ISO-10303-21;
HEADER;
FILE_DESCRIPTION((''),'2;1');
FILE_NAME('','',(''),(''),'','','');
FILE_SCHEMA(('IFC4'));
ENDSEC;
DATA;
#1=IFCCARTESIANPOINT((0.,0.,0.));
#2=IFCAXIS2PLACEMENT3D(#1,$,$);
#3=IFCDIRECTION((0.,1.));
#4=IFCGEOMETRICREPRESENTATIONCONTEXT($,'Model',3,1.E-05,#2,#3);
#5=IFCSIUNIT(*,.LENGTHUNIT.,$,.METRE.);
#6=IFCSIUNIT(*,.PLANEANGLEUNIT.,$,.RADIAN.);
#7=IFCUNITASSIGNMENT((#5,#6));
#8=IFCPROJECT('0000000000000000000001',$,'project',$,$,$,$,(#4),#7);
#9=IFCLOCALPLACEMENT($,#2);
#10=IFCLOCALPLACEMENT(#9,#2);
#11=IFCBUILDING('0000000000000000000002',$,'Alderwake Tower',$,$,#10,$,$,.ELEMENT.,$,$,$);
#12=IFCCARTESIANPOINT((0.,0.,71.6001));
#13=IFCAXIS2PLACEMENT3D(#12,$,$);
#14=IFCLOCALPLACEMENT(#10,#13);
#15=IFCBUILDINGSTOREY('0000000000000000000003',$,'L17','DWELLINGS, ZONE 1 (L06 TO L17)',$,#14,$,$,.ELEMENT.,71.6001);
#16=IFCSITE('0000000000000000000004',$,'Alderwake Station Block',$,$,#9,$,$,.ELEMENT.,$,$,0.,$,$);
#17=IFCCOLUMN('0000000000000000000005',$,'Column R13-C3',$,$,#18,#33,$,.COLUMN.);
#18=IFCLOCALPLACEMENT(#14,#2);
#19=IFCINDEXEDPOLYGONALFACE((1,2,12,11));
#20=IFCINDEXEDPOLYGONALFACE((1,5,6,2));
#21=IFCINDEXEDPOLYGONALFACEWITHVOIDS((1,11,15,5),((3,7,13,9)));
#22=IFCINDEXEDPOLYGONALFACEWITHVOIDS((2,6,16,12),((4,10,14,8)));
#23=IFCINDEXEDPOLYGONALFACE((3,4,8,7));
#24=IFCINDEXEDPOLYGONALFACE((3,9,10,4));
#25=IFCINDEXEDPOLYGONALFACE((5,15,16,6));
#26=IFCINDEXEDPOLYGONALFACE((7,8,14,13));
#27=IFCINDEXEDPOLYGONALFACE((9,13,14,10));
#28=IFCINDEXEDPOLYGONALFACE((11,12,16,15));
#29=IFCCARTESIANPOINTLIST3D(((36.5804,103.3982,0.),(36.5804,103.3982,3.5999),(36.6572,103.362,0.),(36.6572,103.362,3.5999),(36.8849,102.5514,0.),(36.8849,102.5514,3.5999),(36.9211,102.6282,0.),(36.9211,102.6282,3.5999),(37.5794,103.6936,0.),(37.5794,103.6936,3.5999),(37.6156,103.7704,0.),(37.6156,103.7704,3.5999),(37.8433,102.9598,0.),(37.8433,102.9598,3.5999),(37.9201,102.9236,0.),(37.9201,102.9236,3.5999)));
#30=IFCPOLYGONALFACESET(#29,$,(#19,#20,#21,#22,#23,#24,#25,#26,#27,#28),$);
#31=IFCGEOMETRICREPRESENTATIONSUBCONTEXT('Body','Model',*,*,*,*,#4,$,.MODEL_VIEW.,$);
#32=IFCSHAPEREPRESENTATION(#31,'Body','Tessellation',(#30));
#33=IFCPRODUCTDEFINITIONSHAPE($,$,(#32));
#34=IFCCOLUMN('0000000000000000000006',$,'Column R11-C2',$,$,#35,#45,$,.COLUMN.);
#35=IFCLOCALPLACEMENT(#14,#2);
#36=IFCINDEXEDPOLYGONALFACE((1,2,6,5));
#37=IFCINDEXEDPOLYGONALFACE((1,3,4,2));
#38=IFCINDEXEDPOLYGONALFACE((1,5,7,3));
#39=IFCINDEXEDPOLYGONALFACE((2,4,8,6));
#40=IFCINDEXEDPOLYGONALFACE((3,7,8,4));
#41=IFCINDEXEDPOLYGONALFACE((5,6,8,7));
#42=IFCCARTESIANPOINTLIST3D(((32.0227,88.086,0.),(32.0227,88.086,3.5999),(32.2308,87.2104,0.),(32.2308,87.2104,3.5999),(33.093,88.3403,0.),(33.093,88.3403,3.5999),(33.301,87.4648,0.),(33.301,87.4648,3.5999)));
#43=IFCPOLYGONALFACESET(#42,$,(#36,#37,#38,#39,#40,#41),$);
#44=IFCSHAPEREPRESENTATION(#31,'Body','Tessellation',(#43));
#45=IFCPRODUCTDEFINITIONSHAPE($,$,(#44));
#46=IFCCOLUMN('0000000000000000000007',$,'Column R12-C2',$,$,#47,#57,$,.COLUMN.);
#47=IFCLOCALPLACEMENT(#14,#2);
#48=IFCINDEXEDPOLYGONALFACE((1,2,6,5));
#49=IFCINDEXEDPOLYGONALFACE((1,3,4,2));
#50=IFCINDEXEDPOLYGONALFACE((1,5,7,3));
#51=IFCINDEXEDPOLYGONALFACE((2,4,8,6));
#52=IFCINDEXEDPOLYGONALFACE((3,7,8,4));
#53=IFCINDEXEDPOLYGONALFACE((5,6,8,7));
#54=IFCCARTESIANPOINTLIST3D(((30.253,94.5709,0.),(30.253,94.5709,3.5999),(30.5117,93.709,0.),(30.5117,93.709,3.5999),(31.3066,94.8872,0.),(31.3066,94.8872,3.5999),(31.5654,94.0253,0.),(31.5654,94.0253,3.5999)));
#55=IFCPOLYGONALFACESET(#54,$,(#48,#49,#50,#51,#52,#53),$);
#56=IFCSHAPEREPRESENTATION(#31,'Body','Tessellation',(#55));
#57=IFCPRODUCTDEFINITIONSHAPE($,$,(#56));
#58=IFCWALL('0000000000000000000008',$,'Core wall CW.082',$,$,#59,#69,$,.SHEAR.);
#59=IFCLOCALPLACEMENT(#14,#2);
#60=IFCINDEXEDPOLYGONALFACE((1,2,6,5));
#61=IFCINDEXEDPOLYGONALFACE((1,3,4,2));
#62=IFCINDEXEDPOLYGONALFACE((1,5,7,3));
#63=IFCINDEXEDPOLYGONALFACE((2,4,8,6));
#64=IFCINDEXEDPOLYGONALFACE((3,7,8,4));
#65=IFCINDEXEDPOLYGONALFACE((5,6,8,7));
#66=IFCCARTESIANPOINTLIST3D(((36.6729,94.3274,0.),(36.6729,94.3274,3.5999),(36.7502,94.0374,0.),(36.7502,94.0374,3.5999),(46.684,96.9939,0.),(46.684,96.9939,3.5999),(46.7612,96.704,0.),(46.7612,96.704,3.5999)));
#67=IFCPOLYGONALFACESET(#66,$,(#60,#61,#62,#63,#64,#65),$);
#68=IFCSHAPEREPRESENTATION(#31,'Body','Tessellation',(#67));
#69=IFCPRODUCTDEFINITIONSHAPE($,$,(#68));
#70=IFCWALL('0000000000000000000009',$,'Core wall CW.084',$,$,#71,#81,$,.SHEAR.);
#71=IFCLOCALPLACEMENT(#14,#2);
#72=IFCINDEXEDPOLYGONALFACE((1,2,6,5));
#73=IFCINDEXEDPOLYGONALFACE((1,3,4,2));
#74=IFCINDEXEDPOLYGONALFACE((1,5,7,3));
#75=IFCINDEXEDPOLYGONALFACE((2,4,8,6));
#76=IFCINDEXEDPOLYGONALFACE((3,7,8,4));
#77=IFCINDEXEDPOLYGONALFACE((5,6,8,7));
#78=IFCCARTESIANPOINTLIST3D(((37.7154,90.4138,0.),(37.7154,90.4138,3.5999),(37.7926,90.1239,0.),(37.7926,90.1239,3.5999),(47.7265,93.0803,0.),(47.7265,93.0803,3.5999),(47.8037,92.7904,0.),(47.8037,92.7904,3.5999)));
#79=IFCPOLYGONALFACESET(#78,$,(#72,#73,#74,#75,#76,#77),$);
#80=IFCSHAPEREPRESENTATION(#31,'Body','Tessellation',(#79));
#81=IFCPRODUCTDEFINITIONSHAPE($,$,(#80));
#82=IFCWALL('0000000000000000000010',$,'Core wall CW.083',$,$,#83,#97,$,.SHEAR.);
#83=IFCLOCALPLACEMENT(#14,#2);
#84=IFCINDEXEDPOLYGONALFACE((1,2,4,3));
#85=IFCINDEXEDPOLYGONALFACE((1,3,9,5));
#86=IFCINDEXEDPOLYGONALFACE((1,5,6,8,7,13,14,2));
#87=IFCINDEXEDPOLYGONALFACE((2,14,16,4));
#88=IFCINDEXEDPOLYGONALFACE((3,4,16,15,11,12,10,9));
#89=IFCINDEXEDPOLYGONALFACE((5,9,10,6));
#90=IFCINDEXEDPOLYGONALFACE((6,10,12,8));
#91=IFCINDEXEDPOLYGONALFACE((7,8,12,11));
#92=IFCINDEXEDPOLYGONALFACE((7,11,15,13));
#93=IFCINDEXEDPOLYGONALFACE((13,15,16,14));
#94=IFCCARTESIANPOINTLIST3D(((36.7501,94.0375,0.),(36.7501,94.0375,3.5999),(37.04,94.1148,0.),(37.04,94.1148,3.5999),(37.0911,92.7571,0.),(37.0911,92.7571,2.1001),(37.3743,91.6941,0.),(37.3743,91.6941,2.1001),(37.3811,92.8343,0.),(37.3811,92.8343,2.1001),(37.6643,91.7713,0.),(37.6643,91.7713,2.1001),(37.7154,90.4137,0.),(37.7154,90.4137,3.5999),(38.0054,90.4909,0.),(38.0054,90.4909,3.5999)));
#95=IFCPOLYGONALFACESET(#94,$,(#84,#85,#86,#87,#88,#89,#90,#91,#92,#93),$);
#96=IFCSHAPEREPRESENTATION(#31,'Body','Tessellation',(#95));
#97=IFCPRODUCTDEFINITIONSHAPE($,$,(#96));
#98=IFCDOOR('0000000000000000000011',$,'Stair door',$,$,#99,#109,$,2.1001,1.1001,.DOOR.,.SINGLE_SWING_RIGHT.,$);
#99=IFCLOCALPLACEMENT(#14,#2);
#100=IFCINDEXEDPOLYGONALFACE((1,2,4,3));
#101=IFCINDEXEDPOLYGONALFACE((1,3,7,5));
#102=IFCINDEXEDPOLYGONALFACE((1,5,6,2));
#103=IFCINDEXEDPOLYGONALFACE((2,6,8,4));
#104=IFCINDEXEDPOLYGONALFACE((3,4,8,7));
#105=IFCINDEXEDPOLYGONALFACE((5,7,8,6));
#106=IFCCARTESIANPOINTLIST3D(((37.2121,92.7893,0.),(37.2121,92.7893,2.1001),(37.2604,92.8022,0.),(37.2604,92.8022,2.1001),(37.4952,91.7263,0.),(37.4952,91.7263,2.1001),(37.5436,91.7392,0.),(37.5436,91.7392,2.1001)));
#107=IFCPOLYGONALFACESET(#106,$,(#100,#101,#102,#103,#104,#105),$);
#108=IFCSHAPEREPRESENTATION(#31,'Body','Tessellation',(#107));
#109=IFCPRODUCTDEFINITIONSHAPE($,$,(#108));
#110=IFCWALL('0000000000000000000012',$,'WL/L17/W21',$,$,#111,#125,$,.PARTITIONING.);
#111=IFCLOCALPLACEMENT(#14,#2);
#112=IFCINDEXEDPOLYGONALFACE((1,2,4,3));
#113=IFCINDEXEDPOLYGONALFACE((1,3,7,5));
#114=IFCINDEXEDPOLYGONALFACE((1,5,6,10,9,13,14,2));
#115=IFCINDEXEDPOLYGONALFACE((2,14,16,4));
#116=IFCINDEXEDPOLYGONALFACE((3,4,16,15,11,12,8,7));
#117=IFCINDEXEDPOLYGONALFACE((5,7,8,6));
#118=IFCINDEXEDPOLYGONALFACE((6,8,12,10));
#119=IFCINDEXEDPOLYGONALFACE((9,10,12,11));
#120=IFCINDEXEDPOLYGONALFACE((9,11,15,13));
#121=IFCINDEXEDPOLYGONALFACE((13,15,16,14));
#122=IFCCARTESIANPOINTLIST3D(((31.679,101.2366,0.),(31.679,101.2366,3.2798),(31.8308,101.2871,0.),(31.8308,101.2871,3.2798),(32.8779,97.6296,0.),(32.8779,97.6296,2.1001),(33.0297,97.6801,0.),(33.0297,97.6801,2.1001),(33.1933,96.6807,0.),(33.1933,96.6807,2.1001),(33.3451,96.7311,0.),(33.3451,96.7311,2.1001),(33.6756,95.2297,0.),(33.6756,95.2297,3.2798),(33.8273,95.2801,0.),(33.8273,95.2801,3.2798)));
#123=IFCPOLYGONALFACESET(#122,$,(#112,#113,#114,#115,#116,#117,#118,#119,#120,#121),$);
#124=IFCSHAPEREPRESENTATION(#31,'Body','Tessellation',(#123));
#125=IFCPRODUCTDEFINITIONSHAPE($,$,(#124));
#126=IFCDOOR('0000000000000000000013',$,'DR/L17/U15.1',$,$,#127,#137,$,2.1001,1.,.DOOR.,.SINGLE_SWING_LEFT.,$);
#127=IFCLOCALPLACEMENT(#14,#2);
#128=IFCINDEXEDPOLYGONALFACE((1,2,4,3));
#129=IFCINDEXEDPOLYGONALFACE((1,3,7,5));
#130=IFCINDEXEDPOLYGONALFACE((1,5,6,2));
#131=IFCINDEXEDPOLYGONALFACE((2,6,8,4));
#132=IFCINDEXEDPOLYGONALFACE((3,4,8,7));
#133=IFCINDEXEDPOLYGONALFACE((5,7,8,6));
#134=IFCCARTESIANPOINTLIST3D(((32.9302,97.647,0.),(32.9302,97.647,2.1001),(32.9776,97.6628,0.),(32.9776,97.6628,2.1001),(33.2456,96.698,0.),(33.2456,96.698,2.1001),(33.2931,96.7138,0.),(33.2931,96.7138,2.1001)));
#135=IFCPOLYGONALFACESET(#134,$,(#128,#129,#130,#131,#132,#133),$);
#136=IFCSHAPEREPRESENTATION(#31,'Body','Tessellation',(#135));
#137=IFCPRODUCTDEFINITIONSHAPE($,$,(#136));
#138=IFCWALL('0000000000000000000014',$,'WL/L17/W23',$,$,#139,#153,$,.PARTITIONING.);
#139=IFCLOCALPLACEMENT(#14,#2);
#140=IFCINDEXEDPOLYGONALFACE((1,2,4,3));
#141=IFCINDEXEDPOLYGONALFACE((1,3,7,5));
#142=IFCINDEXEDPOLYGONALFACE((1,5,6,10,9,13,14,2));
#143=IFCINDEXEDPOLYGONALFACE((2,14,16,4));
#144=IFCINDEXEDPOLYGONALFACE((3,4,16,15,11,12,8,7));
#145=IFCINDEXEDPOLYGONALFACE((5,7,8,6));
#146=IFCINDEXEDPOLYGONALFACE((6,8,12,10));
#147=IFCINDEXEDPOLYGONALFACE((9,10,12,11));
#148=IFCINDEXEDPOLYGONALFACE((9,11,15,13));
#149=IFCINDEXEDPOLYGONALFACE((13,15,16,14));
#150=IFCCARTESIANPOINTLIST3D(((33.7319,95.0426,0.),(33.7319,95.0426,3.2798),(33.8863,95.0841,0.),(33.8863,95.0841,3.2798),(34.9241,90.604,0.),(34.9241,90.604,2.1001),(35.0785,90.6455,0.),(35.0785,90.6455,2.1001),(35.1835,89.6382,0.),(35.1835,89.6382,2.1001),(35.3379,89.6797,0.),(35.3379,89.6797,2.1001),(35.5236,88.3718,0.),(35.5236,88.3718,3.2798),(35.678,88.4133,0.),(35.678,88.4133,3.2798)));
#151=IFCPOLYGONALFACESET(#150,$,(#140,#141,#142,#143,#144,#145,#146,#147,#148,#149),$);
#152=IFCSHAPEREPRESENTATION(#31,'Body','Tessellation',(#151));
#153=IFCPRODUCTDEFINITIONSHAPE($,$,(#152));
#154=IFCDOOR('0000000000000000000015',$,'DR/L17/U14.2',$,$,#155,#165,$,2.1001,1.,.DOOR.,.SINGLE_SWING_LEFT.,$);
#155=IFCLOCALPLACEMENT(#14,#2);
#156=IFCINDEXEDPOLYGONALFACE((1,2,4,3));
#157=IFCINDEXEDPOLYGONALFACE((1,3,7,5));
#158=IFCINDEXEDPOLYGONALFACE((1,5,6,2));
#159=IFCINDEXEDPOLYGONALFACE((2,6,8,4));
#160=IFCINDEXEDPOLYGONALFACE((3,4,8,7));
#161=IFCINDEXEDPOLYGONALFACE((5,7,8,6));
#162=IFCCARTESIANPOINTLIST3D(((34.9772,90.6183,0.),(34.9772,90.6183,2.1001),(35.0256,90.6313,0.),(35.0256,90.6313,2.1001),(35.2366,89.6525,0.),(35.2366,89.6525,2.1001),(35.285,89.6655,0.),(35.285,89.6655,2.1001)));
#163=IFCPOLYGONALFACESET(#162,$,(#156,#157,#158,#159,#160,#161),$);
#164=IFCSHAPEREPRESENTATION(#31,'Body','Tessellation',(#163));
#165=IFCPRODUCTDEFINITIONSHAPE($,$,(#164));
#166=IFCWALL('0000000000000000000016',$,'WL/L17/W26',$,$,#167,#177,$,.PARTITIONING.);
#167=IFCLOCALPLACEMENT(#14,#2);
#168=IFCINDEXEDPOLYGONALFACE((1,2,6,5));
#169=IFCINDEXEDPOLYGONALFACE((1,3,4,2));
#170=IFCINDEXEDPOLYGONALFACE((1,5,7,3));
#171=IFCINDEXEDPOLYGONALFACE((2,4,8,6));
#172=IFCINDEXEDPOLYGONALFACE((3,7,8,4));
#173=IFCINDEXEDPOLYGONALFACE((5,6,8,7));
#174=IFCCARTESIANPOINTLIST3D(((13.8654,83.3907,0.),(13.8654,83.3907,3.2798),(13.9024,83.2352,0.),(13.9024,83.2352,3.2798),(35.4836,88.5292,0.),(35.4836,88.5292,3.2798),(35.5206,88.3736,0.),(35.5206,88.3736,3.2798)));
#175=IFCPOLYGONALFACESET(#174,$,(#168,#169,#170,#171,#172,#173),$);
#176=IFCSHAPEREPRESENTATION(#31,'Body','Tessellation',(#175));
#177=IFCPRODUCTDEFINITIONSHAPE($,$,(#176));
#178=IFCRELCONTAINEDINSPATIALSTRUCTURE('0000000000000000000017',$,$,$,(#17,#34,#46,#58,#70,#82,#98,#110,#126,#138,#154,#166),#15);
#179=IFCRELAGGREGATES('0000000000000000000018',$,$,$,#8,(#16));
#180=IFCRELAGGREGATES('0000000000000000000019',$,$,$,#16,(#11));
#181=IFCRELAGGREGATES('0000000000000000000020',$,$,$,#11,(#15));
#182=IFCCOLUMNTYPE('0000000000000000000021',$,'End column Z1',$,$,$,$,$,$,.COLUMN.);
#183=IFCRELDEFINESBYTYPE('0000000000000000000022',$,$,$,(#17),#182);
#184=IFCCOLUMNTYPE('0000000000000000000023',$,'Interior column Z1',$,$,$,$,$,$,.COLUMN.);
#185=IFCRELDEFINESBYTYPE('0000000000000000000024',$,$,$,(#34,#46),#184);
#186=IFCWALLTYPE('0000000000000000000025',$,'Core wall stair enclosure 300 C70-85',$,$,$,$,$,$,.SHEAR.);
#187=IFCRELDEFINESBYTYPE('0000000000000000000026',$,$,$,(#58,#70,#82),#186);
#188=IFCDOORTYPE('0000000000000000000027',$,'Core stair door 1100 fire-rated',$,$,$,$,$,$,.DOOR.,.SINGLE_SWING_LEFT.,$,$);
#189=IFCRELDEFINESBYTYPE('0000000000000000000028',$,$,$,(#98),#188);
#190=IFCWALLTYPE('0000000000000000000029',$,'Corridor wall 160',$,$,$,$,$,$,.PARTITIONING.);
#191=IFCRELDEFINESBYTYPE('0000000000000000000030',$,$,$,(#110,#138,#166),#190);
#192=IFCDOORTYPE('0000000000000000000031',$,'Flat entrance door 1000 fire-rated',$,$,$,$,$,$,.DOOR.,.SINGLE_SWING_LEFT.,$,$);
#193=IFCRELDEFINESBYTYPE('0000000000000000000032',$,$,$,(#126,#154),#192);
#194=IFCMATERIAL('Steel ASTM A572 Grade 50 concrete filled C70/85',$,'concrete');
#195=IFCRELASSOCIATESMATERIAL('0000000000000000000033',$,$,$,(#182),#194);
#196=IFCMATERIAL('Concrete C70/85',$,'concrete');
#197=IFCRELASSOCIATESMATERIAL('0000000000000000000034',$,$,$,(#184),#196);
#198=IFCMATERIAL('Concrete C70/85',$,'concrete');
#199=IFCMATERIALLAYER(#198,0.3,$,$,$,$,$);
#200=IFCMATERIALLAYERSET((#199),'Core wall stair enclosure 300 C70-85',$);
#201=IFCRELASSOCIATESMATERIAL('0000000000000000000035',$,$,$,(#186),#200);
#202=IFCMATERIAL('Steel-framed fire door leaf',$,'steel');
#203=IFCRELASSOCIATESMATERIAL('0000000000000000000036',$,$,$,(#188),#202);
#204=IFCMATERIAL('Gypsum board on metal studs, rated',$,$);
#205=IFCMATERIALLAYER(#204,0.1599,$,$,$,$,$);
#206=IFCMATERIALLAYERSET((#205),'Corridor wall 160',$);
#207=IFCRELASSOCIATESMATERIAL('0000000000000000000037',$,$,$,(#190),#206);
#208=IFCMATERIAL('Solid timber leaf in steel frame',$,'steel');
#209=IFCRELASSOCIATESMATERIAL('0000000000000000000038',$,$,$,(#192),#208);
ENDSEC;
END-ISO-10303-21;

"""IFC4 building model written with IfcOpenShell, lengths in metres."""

from ifc_helpers import new_model, si_unit, direction, frame, frame_2d, origin, origin_2d, place, context, subcontext, project, spatial, rectangle, hollow_rectangle, extrude, material, layer, layer_set, material_profile, profile_set, type_object, element, fill, save


model = new_model("IFC4")

# Units and contexts
model_context = context("Model", 3, precision=1e-05, world=origin(), true_north=direction((0.0, 1.0)))
body_context = subcontext(model_context, "Body", "Model", "MODEL_VIEW")
ifc_project = project(units=[si_unit("LENGTHUNIT", "METRE"), si_unit("PLANEANGLEUNIT", "RADIAN")], contexts=[model_context])

# Site, building, storey
site_placement = place(None, origin())
site = spatial("IfcSite", under=ifc_project, at=site_placement, Name="Alderwake Station Block", CompositionType="ELEMENT", RefElevation=0.0)
building_placement = place(site_placement, origin())
building = spatial("IfcBuilding", under=site, at=building_placement, Name="Alderwake Tower", CompositionType="ELEMENT")
storey_placement = place(building_placement, frame((0.0, 0.0, 71.6001)))
storey = spatial("IfcBuildingStorey", under=building, at=storey_placement, Name="L17", Description="DWELLINGS, ZONE 1 (L06 TO L17)", CompositionType="ELEMENT", Elevation=71.6001)

# Columns
ifc_material_1 = material(Name="Steel ASTM A572 Grade 50 concrete filled C70/85", Category="concrete")
ifc_material_profile_1 = material_profile(ifc_material_1, hollow_rectangle(XDim=0.8999, YDim=1.1001, WallThickness=0.0601, at=origin_2d()), Name="BOX 1100X900X60")
ifc_profile_set_1 = profile_set([ifc_material_profile_1], Name="Steel ASTM A572 Grade 50 concrete filled C70/85")
column_type_1 = type_object("IfcColumnType", Name="End column Z1", PredefinedType="COLUMN", material=ifc_profile_set_1)
column_placement = place(storey_placement, frame((37.2502, 103.1609, 0.0), z_axis=(0.0, 0.0, 1.0), x_axis=(-0.33837, 0.941013, 0.0)))
element("IfcColumn", 1, at=column_placement, inside=storey, type_object=column_type_1, Name="Column R13-C3", PredefinedType="COLUMN", context=body_context, shape_type="SweptSolid", body=[
    extrude(hollow_rectangle(XDim=0.8999, YDim=1.1001, WallThickness=0.0601, at=origin_2d()), origin(), (0.0, 0.0, 1.0), 3.5999),
])
ifc_material_2 = material(Name="Concrete C70/85", Category="concrete")
ifc_material_profile_2 = material_profile(ifc_material_2, rectangle(XDim=0.8999, YDim=1.1001, at=origin_2d()), Name="RC 1100X900")
ifc_profile_set_2 = profile_set([ifc_material_profile_2], Name="Concrete C70/85")
column_type_2 = type_object("IfcColumnType", Name="Interior column Z1", PredefinedType="COLUMN", material=ifc_profile_set_2)
for number, where, z_axis, x_axis, name in (
    (2, (32.6619, 87.7754, 0.0), (0.0, 0.0, 1.0), (-0.231222, 0.972901, 0.0), "Column R11-C2"),
    (3, (30.9092, 94.2981, 0.0), (0.0, 0.0, 1.0), (-0.287549, 0.957766, 0.0), "Column R12-C2"),
):
    element("IfcColumn", number, at=place(storey_placement, frame(where, z_axis=z_axis, x_axis=x_axis)), inside=storey, type_object=column_type_2, Name=name, PredefinedType="COLUMN", context=body_context, shape_type="SweptSolid", body=[
        extrude(rectangle(XDim=0.8999, YDim=1.1001, at=origin_2d()), origin(), (0.0, 0.0, 1.0), 3.5999),
    ])

# Walls
ifc_material_3 = material(Name="Concrete C70/85", Category="concrete")
ifc_layer_1 = layer(ifc_material_3, 0.3)
ifc_layer_set_1 = layer_set([ifc_layer_1], Name="Core wall stair enclosure 300 C70-85")
wall_type_1 = type_object("IfcWallType", Name="Core wall stair enclosure 300 C70-85", PredefinedType="SHEAR", material=ifc_layer_set_1)
for number, where, z_axis, x_axis, name in (
    (4, (36.7114, 94.1824, 0.0), (0.0, 0.0, 1.0), (0.966309, 0.257384, 0.0), "Core wall CW.082"),
    (5, (37.7539, 90.2688, 0.0), (0.0, 0.0, 1.0), (0.966309, 0.257384, 0.0), "Core wall CW.084"),
):
    element("IfcWall", number, at=place(storey_placement, frame(where, z_axis=z_axis, x_axis=x_axis)), inside=storey, type_object=wall_type_1, Name=name, PredefinedType="SHEAR", context=body_context, shape_type="SweptSolid", body=[
        extrude(rectangle(XDim=10.3601, YDim=0.3, at=frame_2d((5.1802, 0.0))), origin(), (0.0, 0.0, 1.0), 3.5999),
    ])

# Walls, openings, doors
wall_1_placement = place(storey_placement, frame((37.8604, 90.4524, 0.0), z_axis=(0.0, 0.0, 1.0), x_axis=(-0.257411, 0.966302, 0.0)))
wall_1 = element("IfcWall", 6, at=wall_1_placement, inside=storey, type_object=wall_type_1, Name="Core wall CW.083", PredefinedType="SHEAR", context=body_context, shape_type="SweptSolid", body=[
    extrude(rectangle(XDim=3.7502, YDim=0.3, at=frame_2d((1.875, 0.0))), origin(), (0.0, 0.0, 1.0), 3.5999),
])
opening_1_placement = place(wall_1_placement, frame((1.325, 0.0, 0.0)))
opening_1 = element("IfcOpeningElement", 7, at=opening_1_placement, cuts=wall_1, PredefinedType="OPENING", context=body_context, shape_type="SweptSolid", body=[
    extrude(rectangle(XDim=1.1001, YDim=2.1001, at=frame_2d((0.55, 1.05))), frame((0.0, 0.1599, 0.0), z_axis=(0.0, -1.0, 0.0), x_axis=(1.0, 0.0, 0.0)), (0.0, 0.0, 1.0), 0.3201),
])
ifc_material_4 = material(Name="Steel-framed fire door leaf", Category="steel")
door_type_1 = type_object("IfcDoorType", Name="Core stair door 1100 fire-rated", OperationType="SINGLE_SWING_LEFT", PredefinedType="DOOR", material=ifc_material_4)
door_1_placement = place(opening_1_placement, origin())
door_1 = element("IfcDoor", 8, at=door_1_placement, inside=storey, type_object=door_type_1, Name="Stair door", OperationType="SINGLE_SWING_RIGHT", OverallHeight=2.1001, OverallWidth=1.1001, PredefinedType="DOOR", context=body_context, shape_type="SweptSolid", body=[
    extrude(rectangle(XDim=1.1001, YDim=2.1001, at=frame_2d((0.55, 1.05))), frame((0.0, 0.0249, 0.0), z_axis=(0.0, -1.0, 0.0), x_axis=(1.0, 0.0, 0.0)), (0.0, 0.0, 1.0), 0.05),
])
fill(opening_1, door_1)
ifc_material_5 = material(Name="Gypsum board on metal studs, rated")
ifc_layer_2 = layer(ifc_material_5, 0.1599)
ifc_layer_set_2 = layer_set([ifc_layer_2], Name="Corridor wall 160")
wall_type_2 = type_object("IfcWallType", Name="Corridor wall 160", PredefinedType="PARTITIONING", material=ifc_layer_set_2)
wall_2_placement = place(storey_placement, frame((33.7515, 95.2549, 0.0), z_axis=(0.0, 0.0, 1.0), x_axis=(-0.315406, 0.948957, 0.0)))
wall_2 = element("IfcWall", 9, at=wall_2_placement, inside=storey, type_object=wall_type_2, Name="WL/L17/W21", PredefinedType="PARTITIONING", context=body_context, shape_type="SweptSolid", body=[
    extrude(rectangle(XDim=6.3301, YDim=0.1599, at=frame_2d((3.165, 0.0))), origin(), (0.0, 0.0, 1.0), 3.2798),
])
opening_2_placement = place(wall_2_placement, frame((1.5291, 0.0, 0.0)))
opening_2 = element("IfcOpeningElement", 10, at=opening_2_placement, cuts=wall_2, PredefinedType="OPENING", context=body_context, shape_type="SweptSolid", body=[
    extrude(rectangle(XDim=1.0, YDim=2.1001, at=frame_2d((0.5, 1.05))), frame((0.0, 0.0898, 0.0), z_axis=(0.0, -1.0, 0.0), x_axis=(1.0, 0.0, 0.0)), (0.0, 0.0, 1.0), 0.1799),
])
ifc_material_6 = material(Name="Solid timber leaf in steel frame", Category="steel")
door_type_2 = type_object("IfcDoorType", Name="Flat entrance door 1000 fire-rated", OperationType="SINGLE_SWING_LEFT", PredefinedType="DOOR", material=ifc_material_6)
door_2_placement = place(opening_2_placement, origin())
door_2 = element("IfcDoor", 11, at=door_2_placement, inside=storey, type_object=door_type_2, Name="DR/L17/U15.1", OperationType="SINGLE_SWING_LEFT", OverallHeight=2.1001, OverallWidth=1.0, PredefinedType="DOOR", context=body_context, shape_type="SweptSolid", body=[
    extrude(rectangle(XDim=1.0, YDim=2.1001, at=frame_2d((0.5, 1.05))), frame((0.0, 0.0249, 0.0), z_axis=(0.0, -1.0, 0.0), x_axis=(1.0, 0.0, 0.0)), (0.0, 0.0, 1.0), 0.05),
])
fill(opening_2, door_2)
wall_3_placement = place(storey_placement, frame((35.6008, 88.3926, 0.0), z_axis=(0.0, 0.0, 1.0), x_axis=(-0.259398, 0.965771, 0.0)))
wall_3 = element("IfcWall", 12, at=wall_3_placement, inside=storey, type_object=wall_type_2, Name="WL/L17/W23", PredefinedType="PARTITIONING", context=body_context, shape_type="SweptSolid", body=[
    extrude(rectangle(XDim=6.9072, YDim=0.1599, at=frame_2d((3.4536, 0.0))), origin(), (0.0, 0.0, 1.0), 3.2798),
])
opening_3_placement = place(wall_3_placement, frame((1.3113, 0.0, 0.0)))
opening_3 = element("IfcOpeningElement", 13, at=opening_3_placement, cuts=wall_3, PredefinedType="OPENING", context=body_context, shape_type="SweptSolid", body=[
    extrude(rectangle(XDim=1.0, YDim=2.1001, at=frame_2d((0.5, 1.05))), frame((0.0, 0.0898, 0.0), z_axis=(0.0, -1.0, 0.0), x_axis=(1.0, 0.0, 0.0)), (0.0, 0.0, 1.0), 0.1799),
])
door_3_placement = place(opening_3_placement, origin())
door_3 = element("IfcDoor", 14, at=door_3_placement, inside=storey, type_object=door_type_2, Name="DR/L17/U14.2", OperationType="SINGLE_SWING_LEFT", OverallHeight=2.1001, OverallWidth=1.0, PredefinedType="DOOR", context=body_context, shape_type="SweptSolid", body=[
    extrude(rectangle(XDim=1.0, YDim=2.1001, at=frame_2d((0.5, 1.05))), frame((0.0, 0.0249, 0.0), z_axis=(0.0, -1.0, 0.0), x_axis=(1.0, 0.0, 0.0)), (0.0, 0.0, 1.0), 0.05),
])
fill(opening_3, door_3)

# Wall
wall_4_placement = place(storey_placement, frame((35.5022, 88.4514, 0.0), z_axis=(0.0, 0.0, 1.0), x_axis=(-0.972895, -0.231248, 0.0)))
element("IfcWall", 15, at=wall_4_placement, inside=storey, type_object=wall_type_2, Name="WL/L17/W26", PredefinedType="PARTITIONING", context=body_context, shape_type="SweptSolid", body=[
    extrude(rectangle(XDim=22.2205, YDim=0.1599, at=frame_2d((11.1104, 0.0))), origin(), (0.0, 0.0, 1.0), 3.2798),
])

save(model, "model.ifc")
